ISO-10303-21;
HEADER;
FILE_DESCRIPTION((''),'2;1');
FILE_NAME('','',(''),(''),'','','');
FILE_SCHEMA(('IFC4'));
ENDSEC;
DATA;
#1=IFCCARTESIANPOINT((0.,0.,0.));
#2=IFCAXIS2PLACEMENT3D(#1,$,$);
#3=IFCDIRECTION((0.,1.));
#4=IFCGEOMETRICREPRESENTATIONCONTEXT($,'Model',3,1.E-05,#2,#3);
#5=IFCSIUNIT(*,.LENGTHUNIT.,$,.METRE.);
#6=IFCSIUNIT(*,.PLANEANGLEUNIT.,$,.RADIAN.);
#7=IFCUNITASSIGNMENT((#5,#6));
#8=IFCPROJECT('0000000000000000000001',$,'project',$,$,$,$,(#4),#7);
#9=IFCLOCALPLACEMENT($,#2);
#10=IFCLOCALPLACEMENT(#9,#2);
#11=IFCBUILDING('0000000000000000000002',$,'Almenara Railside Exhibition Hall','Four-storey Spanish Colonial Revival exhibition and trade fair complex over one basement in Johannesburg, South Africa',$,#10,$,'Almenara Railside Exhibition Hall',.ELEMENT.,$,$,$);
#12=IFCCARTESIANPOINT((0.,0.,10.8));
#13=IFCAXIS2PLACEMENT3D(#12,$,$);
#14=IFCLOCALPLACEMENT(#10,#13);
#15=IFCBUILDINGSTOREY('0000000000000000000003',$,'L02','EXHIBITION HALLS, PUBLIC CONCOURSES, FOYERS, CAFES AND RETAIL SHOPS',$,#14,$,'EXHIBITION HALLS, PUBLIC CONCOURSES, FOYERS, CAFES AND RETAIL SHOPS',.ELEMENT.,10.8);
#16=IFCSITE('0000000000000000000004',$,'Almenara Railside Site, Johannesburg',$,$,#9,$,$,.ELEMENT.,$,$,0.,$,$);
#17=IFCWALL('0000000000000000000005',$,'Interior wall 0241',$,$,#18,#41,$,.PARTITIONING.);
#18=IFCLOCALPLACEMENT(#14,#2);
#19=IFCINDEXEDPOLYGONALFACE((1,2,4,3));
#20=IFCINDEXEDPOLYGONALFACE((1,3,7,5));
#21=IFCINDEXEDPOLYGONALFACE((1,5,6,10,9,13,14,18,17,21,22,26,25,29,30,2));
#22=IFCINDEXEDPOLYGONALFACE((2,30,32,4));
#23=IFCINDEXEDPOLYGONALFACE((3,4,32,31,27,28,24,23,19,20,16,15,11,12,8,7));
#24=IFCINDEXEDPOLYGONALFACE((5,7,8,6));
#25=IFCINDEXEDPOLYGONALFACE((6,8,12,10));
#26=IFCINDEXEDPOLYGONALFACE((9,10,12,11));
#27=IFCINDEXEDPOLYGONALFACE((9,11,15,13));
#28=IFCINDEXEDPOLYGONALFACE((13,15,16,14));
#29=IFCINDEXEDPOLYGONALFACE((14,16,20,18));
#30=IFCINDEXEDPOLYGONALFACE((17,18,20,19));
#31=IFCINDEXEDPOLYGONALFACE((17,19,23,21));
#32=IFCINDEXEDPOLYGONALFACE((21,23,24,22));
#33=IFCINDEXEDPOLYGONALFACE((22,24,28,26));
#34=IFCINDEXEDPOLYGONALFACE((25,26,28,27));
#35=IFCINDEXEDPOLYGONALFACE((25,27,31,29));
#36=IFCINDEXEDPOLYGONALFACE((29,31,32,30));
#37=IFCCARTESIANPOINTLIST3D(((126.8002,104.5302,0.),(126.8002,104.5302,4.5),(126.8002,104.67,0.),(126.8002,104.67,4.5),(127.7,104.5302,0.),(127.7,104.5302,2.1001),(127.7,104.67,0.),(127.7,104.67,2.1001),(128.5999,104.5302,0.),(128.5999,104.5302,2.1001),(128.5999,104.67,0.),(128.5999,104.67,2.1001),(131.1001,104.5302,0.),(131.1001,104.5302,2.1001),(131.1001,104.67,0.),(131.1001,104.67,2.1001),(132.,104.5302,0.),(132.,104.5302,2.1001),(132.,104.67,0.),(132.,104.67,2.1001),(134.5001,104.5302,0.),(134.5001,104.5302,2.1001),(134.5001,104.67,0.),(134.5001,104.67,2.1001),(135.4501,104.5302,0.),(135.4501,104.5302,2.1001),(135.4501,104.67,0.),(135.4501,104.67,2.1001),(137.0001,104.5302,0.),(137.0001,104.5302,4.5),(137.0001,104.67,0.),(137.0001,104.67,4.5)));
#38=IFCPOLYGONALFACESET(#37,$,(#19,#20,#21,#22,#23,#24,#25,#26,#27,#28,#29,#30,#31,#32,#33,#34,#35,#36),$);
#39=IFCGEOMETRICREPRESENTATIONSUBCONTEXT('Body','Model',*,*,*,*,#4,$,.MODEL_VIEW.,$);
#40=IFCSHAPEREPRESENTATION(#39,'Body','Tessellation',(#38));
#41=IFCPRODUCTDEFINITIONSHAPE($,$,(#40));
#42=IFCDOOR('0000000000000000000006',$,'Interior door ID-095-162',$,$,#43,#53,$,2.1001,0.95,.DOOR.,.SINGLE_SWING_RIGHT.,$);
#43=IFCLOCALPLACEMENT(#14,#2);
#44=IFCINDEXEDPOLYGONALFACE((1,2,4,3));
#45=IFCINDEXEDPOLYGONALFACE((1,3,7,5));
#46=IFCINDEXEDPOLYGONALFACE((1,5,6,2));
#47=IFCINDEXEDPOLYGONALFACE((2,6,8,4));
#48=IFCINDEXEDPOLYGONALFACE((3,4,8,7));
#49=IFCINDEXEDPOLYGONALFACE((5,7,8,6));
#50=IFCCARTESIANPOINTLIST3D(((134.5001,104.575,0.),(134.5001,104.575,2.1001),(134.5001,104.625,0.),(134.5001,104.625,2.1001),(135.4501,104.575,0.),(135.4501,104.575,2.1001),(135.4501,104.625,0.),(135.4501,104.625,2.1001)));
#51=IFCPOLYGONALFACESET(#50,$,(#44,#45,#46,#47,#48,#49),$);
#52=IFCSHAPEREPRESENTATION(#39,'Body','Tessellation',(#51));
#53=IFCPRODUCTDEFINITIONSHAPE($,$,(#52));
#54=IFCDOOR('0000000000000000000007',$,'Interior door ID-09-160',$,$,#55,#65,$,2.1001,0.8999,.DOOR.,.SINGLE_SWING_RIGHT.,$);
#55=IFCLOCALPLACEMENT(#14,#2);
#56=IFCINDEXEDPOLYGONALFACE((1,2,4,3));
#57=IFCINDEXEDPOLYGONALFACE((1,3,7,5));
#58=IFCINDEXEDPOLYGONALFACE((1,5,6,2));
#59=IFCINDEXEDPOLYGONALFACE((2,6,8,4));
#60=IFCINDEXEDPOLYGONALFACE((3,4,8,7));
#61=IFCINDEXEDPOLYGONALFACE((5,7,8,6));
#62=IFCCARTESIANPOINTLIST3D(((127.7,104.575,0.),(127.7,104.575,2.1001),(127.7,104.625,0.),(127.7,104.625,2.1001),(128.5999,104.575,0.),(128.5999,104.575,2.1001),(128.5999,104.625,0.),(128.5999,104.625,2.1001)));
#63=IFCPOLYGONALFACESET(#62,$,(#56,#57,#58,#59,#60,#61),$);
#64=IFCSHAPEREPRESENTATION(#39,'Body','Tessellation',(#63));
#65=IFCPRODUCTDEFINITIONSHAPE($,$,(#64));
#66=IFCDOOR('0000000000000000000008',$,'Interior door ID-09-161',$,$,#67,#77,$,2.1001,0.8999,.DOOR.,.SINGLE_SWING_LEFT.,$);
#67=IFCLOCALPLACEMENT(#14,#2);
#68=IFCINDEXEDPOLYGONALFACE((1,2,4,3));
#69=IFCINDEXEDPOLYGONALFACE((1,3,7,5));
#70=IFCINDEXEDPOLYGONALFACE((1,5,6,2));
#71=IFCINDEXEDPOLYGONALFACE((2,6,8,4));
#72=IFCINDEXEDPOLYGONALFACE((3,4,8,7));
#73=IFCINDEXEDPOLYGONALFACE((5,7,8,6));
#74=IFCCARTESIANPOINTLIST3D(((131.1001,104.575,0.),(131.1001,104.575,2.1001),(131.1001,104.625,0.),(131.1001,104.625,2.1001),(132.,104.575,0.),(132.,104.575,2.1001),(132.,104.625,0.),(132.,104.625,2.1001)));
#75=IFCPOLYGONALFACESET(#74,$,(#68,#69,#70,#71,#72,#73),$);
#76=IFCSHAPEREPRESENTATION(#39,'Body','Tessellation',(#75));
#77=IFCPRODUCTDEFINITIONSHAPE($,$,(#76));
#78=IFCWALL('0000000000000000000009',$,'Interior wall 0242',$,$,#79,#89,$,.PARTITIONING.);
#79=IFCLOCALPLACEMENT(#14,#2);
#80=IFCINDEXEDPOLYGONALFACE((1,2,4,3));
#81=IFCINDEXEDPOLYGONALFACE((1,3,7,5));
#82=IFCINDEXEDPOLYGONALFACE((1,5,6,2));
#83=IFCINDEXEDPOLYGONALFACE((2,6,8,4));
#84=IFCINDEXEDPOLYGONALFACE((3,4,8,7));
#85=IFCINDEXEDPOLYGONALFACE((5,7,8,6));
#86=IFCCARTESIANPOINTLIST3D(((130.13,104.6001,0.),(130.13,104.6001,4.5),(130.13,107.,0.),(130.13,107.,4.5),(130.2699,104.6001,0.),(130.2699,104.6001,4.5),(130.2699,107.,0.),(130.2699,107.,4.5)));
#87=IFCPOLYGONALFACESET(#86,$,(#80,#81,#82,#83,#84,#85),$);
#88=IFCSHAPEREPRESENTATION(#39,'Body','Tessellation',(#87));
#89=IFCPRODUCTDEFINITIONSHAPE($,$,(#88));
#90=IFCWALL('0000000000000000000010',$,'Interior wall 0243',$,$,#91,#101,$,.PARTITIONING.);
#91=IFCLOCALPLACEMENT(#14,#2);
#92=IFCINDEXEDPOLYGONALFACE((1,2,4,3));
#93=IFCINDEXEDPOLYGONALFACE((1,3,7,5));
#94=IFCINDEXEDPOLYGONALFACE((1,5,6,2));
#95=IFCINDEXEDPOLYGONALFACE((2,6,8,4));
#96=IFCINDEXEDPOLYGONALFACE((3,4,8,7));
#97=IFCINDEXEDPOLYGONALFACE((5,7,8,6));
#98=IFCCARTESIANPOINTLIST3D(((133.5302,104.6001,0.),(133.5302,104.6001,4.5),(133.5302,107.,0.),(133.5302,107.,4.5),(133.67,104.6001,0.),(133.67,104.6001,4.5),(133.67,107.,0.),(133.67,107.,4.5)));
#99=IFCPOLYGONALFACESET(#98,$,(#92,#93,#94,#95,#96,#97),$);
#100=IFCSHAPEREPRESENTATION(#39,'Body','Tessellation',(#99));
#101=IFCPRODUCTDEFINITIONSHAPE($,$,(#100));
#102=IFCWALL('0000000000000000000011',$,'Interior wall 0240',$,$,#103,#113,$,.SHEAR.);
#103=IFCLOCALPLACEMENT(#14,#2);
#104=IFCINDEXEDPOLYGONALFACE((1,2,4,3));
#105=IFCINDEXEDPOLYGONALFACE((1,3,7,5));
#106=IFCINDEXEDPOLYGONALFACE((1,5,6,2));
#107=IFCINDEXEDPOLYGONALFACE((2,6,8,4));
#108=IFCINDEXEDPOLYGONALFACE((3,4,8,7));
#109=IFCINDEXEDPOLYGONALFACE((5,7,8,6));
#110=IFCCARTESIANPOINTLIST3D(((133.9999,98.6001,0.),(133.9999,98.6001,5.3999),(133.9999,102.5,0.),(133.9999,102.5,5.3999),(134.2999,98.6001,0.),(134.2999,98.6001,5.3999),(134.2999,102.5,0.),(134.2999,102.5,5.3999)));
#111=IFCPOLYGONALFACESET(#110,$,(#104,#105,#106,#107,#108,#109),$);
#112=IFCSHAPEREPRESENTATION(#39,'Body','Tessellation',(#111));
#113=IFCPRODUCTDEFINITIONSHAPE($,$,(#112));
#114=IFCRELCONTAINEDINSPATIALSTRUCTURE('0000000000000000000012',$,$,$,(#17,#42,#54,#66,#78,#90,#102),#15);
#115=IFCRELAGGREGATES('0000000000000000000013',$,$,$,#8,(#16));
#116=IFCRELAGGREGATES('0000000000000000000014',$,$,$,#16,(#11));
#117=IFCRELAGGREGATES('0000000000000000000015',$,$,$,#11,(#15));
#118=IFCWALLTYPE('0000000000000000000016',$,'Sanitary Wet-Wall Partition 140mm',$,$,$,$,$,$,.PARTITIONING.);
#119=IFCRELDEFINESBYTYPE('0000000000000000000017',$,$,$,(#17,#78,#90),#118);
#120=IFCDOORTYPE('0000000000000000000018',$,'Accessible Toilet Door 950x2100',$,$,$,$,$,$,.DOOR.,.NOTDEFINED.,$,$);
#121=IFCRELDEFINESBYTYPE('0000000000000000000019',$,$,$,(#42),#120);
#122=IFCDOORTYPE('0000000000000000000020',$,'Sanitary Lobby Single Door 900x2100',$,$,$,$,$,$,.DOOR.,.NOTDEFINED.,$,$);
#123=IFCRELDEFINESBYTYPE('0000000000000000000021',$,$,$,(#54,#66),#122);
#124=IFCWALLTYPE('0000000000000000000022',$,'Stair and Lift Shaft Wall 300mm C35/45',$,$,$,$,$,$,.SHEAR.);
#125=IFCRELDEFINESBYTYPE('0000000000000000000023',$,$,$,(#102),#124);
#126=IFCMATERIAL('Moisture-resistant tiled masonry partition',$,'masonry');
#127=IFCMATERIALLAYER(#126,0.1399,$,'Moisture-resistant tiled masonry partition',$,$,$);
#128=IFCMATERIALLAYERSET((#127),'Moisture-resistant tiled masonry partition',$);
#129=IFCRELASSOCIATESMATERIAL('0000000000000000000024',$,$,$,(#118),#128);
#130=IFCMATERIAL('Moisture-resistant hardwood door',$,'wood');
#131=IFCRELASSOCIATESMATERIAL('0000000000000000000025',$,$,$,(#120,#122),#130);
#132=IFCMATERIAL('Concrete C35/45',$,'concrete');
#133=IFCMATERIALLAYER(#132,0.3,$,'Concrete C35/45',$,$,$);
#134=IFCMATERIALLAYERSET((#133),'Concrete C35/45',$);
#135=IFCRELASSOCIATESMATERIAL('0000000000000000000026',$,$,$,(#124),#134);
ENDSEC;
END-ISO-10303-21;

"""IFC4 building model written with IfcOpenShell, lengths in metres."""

from ifc_helpers import new_model, si_unit, direction, frame, frame_2d, origin, place, context, subcontext, project, spatial, rectangle, extrude, material, layer, layer_set, type_object, element, fill, save


model = new_model("IFC4")

# Units and contexts
model_context = context("Model", 3, precision=1e-05, world=origin(), true_north=direction((0.0, 1.0)))
body_context = subcontext(model_context, "Body", "Model", "MODEL_VIEW")
ifc_project = project(units=[si_unit("LENGTHUNIT", "METRE"), si_unit("PLANEANGLEUNIT", "RADIAN")], contexts=[model_context])

# Site, building, storey
site_placement = place(None, origin())
site = spatial("IfcSite", under=ifc_project, at=site_placement, Name="Almenara Railside Site, Johannesburg", CompositionType="ELEMENT", RefElevation=0.0)
building_placement = place(site_placement, origin())
building = spatial("IfcBuilding", under=site, at=building_placement, Name="Almenara Railside Exhibition Hall", Description="Four-storey Spanish Colonial Revival exhibition and trade fair complex over one basement in Johannesburg, South Africa", LongName="Almenara Railside Exhibition Hall", CompositionType="ELEMENT")
storey_placement = place(building_placement, frame((0.0, 0.0, 10.8)))
storey = spatial("IfcBuildingStorey", under=building, at=storey_placement, Name="L02", Description="EXHIBITION HALLS, PUBLIC CONCOURSES, FOYERS, CAFES AND RETAIL SHOPS", LongName="EXHIBITION HALLS, PUBLIC CONCOURSES, FOYERS, CAFES AND RETAIL SHOPS", CompositionType="ELEMENT", Elevation=10.8)

# Shared definitions
ifc_material_1 = material(Name="Concrete C35/45", Category="concrete")

# Wall, openings, doors
ifc_material_2 = material(Name="Moisture-resistant tiled masonry partition", Category="masonry")
ifc_layer_1 = layer(ifc_material_2, 0.1399, Name="Moisture-resistant tiled masonry partition")
ifc_layer_set_1 = layer_set([ifc_layer_1], Name="Moisture-resistant tiled masonry partition")
wall_type_1 = type_object("IfcWallType", Name="Sanitary Wet-Wall Partition 140mm", PredefinedType="PARTITIONING", material=ifc_layer_set_1)
wall_1_placement = place(storey_placement, frame((126.8, 104.6001, 0.0), z_axis=(0.0, 0.0, 1.0), x_axis=(1.0, 0.0, 0.0)))
wall_1 = element("IfcWall", 1, at=wall_1_placement, inside=storey, type_object=wall_type_1, Name="Interior wall 0241", PredefinedType="PARTITIONING", context=body_context, shape_type="SweptSolid", body=[
    extrude(rectangle(XDim=10.2, YDim=0.1399, at=frame_2d((5.1001, 0.0))), origin(), (0.0, 0.0, 1.0), 4.5),
])
opening_1_placement = place(wall_1_placement, frame((0.8999, 0.0, 0.0)))
opening_1 = element("IfcOpeningElement", 2, at=opening_1_placement, cuts=wall_1, PredefinedType="OPENING", context=body_context, shape_type="SweptSolid", body=[
    extrude(rectangle(XDim=0.8999, YDim=2.1001, at=frame_2d((0.45, 1.05))), frame((0.0, 0.0798, 0.0), z_axis=(0.0, -1.0, 0.0), x_axis=(1.0, 0.0, 0.0)), (0.0, 0.0, 1.0), 0.1599),
])
opening_2_placement = place(wall_1_placement, frame((4.3, 0.0, 0.0)))
opening_2 = element("IfcOpeningElement", 3, at=opening_2_placement, cuts=wall_1, PredefinedType="OPENING", context=body_context, shape_type="SweptSolid", body=[
    extrude(rectangle(XDim=0.8999, YDim=2.1001, at=frame_2d((0.45, 1.05))), frame((0.0, 0.0798, 0.0), z_axis=(0.0, -1.0, 0.0), x_axis=(1.0, 0.0, 0.0)), (0.0, 0.0, 1.0), 0.1599),
])
opening_3_placement = place(wall_1_placement, frame((7.7, 0.0, 0.0)))
opening_3 = element("IfcOpeningElement", 4, at=opening_3_placement, cuts=wall_1, PredefinedType="OPENING", context=body_context, shape_type="SweptSolid", body=[
    extrude(rectangle(XDim=0.95, YDim=2.1001, at=frame_2d((0.4751, 1.05))), frame((0.0, 0.0798, 0.0), z_axis=(0.0, -1.0, 0.0), x_axis=(1.0, 0.0, 0.0)), (0.0, 0.0, 1.0), 0.1599),
])
ifc_material_3 = material(Name="Moisture-resistant hardwood door", Category="wood")
door_type_1 = type_object("IfcDoorType", Name="Accessible Toilet Door 950x2100", OperationType="NOTDEFINED", PredefinedType="DOOR", material=ifc_material_3)
door_1_placement = place(opening_3_placement, origin())
door_1 = element("IfcDoor", 5, at=door_1_placement, inside=storey, type_object=door_type_1, Name="Interior door ID-095-162", OperationType="SINGLE_SWING_RIGHT", OverallHeight=2.1001, OverallWidth=0.95, PredefinedType="DOOR", context=body_context, shape_type="SweptSolid", body=[
    extrude(rectangle(XDim=0.95, YDim=2.1001, at=frame_2d((0.4751, 1.05))), frame((0.0, 0.0249, 0.0), z_axis=(0.0, -1.0, 0.0), x_axis=(1.0, 0.0, 0.0)), (0.0, 0.0, 1.0), 0.05),
])
fill(opening_3, door_1)
door_type_2 = type_object("IfcDoorType", Name="Sanitary Lobby Single Door 900x2100", OperationType="NOTDEFINED", PredefinedType="DOOR", material=ifc_material_3)
door_2_placement = place(opening_1_placement, origin())
door_2 = element("IfcDoor", 6, at=door_2_placement, inside=storey, type_object=door_type_2, Name="Interior door ID-09-160", OperationType="SINGLE_SWING_RIGHT", OverallHeight=2.1001, OverallWidth=0.8999, PredefinedType="DOOR", context=body_context, shape_type="SweptSolid", body=[
    extrude(rectangle(XDim=0.8999, YDim=2.1001, at=frame_2d((0.45, 1.05))), frame((0.0, 0.0249, 0.0), z_axis=(0.0, -1.0, 0.0), x_axis=(1.0, 0.0, 0.0)), (0.0, 0.0, 1.0), 0.05),
])
fill(opening_1, door_2)
door_3_placement = place(opening_2_placement, origin())
door_3 = element("IfcDoor", 7, at=door_3_placement, inside=storey, type_object=door_type_2, Name="Interior door ID-09-161", OperationType="SINGLE_SWING_LEFT", OverallHeight=2.1001, OverallWidth=0.8999, PredefinedType="DOOR", context=body_context, shape_type="SweptSolid", body=[
    extrude(rectangle(XDim=0.8999, YDim=2.1001, at=frame_2d((0.45, 1.05))), frame((0.0, 0.0249, 0.0), z_axis=(0.0, -1.0, 0.0), x_axis=(1.0, 0.0, 0.0)), (0.0, 0.0, 1.0), 0.05),
])
fill(opening_2, door_3)

# Walls
for number, where, z_axis, x_axis, name in (
    (8, (130.2, 104.6001, 0.0), (0.0, 0.0, 1.0), (0.0, 1.0, 0.0), "Interior wall 0242"),
    (9, (133.6001, 104.6001, 0.0), (0.0, 0.0, 1.0), (0.0, 1.0, 0.0), "Interior wall 0243"),
):
    element("IfcWall", number, at=place(storey_placement, frame(where, z_axis=z_axis, x_axis=x_axis)), inside=storey, type_object=wall_type_1, Name=name, PredefinedType="PARTITIONING", context=body_context, shape_type="SweptSolid", body=[
        extrude(rectangle(XDim=2.3999, YDim=0.1399, at=frame_2d((1.2, 0.0))), origin(), (0.0, 0.0, 1.0), 4.5),
    ])

# Shared definitions
ifc_layer_2 = layer(ifc_material_1, 0.3, Name="Concrete C35/45")
ifc_layer_set_2 = layer_set([ifc_layer_2], Name="Concrete C35/45")
wall_type_2 = type_object("IfcWallType", Name="Stair and Lift Shaft Wall 300mm C35/45", PredefinedType="SHEAR", material=ifc_layer_set_2)

# Wall
wall_2_placement = place(storey_placement, frame((134.1499, 98.6001, 0.0), z_axis=(0.0, 0.0, 1.0), x_axis=(0.0, 1.0, 0.0)))
element("IfcWall", 10, at=wall_2_placement, inside=storey, type_object=wall_type_2, Name="Interior wall 0240", PredefinedType="SHEAR", context=body_context, shape_type="SweptSolid", body=[
    extrude(rectangle(XDim=3.8999, YDim=0.3, at=frame_2d((1.95, 0.0))), origin(), (0.0, 0.0, 1.0), 5.3999),
])

save(model, "model.ifc")
